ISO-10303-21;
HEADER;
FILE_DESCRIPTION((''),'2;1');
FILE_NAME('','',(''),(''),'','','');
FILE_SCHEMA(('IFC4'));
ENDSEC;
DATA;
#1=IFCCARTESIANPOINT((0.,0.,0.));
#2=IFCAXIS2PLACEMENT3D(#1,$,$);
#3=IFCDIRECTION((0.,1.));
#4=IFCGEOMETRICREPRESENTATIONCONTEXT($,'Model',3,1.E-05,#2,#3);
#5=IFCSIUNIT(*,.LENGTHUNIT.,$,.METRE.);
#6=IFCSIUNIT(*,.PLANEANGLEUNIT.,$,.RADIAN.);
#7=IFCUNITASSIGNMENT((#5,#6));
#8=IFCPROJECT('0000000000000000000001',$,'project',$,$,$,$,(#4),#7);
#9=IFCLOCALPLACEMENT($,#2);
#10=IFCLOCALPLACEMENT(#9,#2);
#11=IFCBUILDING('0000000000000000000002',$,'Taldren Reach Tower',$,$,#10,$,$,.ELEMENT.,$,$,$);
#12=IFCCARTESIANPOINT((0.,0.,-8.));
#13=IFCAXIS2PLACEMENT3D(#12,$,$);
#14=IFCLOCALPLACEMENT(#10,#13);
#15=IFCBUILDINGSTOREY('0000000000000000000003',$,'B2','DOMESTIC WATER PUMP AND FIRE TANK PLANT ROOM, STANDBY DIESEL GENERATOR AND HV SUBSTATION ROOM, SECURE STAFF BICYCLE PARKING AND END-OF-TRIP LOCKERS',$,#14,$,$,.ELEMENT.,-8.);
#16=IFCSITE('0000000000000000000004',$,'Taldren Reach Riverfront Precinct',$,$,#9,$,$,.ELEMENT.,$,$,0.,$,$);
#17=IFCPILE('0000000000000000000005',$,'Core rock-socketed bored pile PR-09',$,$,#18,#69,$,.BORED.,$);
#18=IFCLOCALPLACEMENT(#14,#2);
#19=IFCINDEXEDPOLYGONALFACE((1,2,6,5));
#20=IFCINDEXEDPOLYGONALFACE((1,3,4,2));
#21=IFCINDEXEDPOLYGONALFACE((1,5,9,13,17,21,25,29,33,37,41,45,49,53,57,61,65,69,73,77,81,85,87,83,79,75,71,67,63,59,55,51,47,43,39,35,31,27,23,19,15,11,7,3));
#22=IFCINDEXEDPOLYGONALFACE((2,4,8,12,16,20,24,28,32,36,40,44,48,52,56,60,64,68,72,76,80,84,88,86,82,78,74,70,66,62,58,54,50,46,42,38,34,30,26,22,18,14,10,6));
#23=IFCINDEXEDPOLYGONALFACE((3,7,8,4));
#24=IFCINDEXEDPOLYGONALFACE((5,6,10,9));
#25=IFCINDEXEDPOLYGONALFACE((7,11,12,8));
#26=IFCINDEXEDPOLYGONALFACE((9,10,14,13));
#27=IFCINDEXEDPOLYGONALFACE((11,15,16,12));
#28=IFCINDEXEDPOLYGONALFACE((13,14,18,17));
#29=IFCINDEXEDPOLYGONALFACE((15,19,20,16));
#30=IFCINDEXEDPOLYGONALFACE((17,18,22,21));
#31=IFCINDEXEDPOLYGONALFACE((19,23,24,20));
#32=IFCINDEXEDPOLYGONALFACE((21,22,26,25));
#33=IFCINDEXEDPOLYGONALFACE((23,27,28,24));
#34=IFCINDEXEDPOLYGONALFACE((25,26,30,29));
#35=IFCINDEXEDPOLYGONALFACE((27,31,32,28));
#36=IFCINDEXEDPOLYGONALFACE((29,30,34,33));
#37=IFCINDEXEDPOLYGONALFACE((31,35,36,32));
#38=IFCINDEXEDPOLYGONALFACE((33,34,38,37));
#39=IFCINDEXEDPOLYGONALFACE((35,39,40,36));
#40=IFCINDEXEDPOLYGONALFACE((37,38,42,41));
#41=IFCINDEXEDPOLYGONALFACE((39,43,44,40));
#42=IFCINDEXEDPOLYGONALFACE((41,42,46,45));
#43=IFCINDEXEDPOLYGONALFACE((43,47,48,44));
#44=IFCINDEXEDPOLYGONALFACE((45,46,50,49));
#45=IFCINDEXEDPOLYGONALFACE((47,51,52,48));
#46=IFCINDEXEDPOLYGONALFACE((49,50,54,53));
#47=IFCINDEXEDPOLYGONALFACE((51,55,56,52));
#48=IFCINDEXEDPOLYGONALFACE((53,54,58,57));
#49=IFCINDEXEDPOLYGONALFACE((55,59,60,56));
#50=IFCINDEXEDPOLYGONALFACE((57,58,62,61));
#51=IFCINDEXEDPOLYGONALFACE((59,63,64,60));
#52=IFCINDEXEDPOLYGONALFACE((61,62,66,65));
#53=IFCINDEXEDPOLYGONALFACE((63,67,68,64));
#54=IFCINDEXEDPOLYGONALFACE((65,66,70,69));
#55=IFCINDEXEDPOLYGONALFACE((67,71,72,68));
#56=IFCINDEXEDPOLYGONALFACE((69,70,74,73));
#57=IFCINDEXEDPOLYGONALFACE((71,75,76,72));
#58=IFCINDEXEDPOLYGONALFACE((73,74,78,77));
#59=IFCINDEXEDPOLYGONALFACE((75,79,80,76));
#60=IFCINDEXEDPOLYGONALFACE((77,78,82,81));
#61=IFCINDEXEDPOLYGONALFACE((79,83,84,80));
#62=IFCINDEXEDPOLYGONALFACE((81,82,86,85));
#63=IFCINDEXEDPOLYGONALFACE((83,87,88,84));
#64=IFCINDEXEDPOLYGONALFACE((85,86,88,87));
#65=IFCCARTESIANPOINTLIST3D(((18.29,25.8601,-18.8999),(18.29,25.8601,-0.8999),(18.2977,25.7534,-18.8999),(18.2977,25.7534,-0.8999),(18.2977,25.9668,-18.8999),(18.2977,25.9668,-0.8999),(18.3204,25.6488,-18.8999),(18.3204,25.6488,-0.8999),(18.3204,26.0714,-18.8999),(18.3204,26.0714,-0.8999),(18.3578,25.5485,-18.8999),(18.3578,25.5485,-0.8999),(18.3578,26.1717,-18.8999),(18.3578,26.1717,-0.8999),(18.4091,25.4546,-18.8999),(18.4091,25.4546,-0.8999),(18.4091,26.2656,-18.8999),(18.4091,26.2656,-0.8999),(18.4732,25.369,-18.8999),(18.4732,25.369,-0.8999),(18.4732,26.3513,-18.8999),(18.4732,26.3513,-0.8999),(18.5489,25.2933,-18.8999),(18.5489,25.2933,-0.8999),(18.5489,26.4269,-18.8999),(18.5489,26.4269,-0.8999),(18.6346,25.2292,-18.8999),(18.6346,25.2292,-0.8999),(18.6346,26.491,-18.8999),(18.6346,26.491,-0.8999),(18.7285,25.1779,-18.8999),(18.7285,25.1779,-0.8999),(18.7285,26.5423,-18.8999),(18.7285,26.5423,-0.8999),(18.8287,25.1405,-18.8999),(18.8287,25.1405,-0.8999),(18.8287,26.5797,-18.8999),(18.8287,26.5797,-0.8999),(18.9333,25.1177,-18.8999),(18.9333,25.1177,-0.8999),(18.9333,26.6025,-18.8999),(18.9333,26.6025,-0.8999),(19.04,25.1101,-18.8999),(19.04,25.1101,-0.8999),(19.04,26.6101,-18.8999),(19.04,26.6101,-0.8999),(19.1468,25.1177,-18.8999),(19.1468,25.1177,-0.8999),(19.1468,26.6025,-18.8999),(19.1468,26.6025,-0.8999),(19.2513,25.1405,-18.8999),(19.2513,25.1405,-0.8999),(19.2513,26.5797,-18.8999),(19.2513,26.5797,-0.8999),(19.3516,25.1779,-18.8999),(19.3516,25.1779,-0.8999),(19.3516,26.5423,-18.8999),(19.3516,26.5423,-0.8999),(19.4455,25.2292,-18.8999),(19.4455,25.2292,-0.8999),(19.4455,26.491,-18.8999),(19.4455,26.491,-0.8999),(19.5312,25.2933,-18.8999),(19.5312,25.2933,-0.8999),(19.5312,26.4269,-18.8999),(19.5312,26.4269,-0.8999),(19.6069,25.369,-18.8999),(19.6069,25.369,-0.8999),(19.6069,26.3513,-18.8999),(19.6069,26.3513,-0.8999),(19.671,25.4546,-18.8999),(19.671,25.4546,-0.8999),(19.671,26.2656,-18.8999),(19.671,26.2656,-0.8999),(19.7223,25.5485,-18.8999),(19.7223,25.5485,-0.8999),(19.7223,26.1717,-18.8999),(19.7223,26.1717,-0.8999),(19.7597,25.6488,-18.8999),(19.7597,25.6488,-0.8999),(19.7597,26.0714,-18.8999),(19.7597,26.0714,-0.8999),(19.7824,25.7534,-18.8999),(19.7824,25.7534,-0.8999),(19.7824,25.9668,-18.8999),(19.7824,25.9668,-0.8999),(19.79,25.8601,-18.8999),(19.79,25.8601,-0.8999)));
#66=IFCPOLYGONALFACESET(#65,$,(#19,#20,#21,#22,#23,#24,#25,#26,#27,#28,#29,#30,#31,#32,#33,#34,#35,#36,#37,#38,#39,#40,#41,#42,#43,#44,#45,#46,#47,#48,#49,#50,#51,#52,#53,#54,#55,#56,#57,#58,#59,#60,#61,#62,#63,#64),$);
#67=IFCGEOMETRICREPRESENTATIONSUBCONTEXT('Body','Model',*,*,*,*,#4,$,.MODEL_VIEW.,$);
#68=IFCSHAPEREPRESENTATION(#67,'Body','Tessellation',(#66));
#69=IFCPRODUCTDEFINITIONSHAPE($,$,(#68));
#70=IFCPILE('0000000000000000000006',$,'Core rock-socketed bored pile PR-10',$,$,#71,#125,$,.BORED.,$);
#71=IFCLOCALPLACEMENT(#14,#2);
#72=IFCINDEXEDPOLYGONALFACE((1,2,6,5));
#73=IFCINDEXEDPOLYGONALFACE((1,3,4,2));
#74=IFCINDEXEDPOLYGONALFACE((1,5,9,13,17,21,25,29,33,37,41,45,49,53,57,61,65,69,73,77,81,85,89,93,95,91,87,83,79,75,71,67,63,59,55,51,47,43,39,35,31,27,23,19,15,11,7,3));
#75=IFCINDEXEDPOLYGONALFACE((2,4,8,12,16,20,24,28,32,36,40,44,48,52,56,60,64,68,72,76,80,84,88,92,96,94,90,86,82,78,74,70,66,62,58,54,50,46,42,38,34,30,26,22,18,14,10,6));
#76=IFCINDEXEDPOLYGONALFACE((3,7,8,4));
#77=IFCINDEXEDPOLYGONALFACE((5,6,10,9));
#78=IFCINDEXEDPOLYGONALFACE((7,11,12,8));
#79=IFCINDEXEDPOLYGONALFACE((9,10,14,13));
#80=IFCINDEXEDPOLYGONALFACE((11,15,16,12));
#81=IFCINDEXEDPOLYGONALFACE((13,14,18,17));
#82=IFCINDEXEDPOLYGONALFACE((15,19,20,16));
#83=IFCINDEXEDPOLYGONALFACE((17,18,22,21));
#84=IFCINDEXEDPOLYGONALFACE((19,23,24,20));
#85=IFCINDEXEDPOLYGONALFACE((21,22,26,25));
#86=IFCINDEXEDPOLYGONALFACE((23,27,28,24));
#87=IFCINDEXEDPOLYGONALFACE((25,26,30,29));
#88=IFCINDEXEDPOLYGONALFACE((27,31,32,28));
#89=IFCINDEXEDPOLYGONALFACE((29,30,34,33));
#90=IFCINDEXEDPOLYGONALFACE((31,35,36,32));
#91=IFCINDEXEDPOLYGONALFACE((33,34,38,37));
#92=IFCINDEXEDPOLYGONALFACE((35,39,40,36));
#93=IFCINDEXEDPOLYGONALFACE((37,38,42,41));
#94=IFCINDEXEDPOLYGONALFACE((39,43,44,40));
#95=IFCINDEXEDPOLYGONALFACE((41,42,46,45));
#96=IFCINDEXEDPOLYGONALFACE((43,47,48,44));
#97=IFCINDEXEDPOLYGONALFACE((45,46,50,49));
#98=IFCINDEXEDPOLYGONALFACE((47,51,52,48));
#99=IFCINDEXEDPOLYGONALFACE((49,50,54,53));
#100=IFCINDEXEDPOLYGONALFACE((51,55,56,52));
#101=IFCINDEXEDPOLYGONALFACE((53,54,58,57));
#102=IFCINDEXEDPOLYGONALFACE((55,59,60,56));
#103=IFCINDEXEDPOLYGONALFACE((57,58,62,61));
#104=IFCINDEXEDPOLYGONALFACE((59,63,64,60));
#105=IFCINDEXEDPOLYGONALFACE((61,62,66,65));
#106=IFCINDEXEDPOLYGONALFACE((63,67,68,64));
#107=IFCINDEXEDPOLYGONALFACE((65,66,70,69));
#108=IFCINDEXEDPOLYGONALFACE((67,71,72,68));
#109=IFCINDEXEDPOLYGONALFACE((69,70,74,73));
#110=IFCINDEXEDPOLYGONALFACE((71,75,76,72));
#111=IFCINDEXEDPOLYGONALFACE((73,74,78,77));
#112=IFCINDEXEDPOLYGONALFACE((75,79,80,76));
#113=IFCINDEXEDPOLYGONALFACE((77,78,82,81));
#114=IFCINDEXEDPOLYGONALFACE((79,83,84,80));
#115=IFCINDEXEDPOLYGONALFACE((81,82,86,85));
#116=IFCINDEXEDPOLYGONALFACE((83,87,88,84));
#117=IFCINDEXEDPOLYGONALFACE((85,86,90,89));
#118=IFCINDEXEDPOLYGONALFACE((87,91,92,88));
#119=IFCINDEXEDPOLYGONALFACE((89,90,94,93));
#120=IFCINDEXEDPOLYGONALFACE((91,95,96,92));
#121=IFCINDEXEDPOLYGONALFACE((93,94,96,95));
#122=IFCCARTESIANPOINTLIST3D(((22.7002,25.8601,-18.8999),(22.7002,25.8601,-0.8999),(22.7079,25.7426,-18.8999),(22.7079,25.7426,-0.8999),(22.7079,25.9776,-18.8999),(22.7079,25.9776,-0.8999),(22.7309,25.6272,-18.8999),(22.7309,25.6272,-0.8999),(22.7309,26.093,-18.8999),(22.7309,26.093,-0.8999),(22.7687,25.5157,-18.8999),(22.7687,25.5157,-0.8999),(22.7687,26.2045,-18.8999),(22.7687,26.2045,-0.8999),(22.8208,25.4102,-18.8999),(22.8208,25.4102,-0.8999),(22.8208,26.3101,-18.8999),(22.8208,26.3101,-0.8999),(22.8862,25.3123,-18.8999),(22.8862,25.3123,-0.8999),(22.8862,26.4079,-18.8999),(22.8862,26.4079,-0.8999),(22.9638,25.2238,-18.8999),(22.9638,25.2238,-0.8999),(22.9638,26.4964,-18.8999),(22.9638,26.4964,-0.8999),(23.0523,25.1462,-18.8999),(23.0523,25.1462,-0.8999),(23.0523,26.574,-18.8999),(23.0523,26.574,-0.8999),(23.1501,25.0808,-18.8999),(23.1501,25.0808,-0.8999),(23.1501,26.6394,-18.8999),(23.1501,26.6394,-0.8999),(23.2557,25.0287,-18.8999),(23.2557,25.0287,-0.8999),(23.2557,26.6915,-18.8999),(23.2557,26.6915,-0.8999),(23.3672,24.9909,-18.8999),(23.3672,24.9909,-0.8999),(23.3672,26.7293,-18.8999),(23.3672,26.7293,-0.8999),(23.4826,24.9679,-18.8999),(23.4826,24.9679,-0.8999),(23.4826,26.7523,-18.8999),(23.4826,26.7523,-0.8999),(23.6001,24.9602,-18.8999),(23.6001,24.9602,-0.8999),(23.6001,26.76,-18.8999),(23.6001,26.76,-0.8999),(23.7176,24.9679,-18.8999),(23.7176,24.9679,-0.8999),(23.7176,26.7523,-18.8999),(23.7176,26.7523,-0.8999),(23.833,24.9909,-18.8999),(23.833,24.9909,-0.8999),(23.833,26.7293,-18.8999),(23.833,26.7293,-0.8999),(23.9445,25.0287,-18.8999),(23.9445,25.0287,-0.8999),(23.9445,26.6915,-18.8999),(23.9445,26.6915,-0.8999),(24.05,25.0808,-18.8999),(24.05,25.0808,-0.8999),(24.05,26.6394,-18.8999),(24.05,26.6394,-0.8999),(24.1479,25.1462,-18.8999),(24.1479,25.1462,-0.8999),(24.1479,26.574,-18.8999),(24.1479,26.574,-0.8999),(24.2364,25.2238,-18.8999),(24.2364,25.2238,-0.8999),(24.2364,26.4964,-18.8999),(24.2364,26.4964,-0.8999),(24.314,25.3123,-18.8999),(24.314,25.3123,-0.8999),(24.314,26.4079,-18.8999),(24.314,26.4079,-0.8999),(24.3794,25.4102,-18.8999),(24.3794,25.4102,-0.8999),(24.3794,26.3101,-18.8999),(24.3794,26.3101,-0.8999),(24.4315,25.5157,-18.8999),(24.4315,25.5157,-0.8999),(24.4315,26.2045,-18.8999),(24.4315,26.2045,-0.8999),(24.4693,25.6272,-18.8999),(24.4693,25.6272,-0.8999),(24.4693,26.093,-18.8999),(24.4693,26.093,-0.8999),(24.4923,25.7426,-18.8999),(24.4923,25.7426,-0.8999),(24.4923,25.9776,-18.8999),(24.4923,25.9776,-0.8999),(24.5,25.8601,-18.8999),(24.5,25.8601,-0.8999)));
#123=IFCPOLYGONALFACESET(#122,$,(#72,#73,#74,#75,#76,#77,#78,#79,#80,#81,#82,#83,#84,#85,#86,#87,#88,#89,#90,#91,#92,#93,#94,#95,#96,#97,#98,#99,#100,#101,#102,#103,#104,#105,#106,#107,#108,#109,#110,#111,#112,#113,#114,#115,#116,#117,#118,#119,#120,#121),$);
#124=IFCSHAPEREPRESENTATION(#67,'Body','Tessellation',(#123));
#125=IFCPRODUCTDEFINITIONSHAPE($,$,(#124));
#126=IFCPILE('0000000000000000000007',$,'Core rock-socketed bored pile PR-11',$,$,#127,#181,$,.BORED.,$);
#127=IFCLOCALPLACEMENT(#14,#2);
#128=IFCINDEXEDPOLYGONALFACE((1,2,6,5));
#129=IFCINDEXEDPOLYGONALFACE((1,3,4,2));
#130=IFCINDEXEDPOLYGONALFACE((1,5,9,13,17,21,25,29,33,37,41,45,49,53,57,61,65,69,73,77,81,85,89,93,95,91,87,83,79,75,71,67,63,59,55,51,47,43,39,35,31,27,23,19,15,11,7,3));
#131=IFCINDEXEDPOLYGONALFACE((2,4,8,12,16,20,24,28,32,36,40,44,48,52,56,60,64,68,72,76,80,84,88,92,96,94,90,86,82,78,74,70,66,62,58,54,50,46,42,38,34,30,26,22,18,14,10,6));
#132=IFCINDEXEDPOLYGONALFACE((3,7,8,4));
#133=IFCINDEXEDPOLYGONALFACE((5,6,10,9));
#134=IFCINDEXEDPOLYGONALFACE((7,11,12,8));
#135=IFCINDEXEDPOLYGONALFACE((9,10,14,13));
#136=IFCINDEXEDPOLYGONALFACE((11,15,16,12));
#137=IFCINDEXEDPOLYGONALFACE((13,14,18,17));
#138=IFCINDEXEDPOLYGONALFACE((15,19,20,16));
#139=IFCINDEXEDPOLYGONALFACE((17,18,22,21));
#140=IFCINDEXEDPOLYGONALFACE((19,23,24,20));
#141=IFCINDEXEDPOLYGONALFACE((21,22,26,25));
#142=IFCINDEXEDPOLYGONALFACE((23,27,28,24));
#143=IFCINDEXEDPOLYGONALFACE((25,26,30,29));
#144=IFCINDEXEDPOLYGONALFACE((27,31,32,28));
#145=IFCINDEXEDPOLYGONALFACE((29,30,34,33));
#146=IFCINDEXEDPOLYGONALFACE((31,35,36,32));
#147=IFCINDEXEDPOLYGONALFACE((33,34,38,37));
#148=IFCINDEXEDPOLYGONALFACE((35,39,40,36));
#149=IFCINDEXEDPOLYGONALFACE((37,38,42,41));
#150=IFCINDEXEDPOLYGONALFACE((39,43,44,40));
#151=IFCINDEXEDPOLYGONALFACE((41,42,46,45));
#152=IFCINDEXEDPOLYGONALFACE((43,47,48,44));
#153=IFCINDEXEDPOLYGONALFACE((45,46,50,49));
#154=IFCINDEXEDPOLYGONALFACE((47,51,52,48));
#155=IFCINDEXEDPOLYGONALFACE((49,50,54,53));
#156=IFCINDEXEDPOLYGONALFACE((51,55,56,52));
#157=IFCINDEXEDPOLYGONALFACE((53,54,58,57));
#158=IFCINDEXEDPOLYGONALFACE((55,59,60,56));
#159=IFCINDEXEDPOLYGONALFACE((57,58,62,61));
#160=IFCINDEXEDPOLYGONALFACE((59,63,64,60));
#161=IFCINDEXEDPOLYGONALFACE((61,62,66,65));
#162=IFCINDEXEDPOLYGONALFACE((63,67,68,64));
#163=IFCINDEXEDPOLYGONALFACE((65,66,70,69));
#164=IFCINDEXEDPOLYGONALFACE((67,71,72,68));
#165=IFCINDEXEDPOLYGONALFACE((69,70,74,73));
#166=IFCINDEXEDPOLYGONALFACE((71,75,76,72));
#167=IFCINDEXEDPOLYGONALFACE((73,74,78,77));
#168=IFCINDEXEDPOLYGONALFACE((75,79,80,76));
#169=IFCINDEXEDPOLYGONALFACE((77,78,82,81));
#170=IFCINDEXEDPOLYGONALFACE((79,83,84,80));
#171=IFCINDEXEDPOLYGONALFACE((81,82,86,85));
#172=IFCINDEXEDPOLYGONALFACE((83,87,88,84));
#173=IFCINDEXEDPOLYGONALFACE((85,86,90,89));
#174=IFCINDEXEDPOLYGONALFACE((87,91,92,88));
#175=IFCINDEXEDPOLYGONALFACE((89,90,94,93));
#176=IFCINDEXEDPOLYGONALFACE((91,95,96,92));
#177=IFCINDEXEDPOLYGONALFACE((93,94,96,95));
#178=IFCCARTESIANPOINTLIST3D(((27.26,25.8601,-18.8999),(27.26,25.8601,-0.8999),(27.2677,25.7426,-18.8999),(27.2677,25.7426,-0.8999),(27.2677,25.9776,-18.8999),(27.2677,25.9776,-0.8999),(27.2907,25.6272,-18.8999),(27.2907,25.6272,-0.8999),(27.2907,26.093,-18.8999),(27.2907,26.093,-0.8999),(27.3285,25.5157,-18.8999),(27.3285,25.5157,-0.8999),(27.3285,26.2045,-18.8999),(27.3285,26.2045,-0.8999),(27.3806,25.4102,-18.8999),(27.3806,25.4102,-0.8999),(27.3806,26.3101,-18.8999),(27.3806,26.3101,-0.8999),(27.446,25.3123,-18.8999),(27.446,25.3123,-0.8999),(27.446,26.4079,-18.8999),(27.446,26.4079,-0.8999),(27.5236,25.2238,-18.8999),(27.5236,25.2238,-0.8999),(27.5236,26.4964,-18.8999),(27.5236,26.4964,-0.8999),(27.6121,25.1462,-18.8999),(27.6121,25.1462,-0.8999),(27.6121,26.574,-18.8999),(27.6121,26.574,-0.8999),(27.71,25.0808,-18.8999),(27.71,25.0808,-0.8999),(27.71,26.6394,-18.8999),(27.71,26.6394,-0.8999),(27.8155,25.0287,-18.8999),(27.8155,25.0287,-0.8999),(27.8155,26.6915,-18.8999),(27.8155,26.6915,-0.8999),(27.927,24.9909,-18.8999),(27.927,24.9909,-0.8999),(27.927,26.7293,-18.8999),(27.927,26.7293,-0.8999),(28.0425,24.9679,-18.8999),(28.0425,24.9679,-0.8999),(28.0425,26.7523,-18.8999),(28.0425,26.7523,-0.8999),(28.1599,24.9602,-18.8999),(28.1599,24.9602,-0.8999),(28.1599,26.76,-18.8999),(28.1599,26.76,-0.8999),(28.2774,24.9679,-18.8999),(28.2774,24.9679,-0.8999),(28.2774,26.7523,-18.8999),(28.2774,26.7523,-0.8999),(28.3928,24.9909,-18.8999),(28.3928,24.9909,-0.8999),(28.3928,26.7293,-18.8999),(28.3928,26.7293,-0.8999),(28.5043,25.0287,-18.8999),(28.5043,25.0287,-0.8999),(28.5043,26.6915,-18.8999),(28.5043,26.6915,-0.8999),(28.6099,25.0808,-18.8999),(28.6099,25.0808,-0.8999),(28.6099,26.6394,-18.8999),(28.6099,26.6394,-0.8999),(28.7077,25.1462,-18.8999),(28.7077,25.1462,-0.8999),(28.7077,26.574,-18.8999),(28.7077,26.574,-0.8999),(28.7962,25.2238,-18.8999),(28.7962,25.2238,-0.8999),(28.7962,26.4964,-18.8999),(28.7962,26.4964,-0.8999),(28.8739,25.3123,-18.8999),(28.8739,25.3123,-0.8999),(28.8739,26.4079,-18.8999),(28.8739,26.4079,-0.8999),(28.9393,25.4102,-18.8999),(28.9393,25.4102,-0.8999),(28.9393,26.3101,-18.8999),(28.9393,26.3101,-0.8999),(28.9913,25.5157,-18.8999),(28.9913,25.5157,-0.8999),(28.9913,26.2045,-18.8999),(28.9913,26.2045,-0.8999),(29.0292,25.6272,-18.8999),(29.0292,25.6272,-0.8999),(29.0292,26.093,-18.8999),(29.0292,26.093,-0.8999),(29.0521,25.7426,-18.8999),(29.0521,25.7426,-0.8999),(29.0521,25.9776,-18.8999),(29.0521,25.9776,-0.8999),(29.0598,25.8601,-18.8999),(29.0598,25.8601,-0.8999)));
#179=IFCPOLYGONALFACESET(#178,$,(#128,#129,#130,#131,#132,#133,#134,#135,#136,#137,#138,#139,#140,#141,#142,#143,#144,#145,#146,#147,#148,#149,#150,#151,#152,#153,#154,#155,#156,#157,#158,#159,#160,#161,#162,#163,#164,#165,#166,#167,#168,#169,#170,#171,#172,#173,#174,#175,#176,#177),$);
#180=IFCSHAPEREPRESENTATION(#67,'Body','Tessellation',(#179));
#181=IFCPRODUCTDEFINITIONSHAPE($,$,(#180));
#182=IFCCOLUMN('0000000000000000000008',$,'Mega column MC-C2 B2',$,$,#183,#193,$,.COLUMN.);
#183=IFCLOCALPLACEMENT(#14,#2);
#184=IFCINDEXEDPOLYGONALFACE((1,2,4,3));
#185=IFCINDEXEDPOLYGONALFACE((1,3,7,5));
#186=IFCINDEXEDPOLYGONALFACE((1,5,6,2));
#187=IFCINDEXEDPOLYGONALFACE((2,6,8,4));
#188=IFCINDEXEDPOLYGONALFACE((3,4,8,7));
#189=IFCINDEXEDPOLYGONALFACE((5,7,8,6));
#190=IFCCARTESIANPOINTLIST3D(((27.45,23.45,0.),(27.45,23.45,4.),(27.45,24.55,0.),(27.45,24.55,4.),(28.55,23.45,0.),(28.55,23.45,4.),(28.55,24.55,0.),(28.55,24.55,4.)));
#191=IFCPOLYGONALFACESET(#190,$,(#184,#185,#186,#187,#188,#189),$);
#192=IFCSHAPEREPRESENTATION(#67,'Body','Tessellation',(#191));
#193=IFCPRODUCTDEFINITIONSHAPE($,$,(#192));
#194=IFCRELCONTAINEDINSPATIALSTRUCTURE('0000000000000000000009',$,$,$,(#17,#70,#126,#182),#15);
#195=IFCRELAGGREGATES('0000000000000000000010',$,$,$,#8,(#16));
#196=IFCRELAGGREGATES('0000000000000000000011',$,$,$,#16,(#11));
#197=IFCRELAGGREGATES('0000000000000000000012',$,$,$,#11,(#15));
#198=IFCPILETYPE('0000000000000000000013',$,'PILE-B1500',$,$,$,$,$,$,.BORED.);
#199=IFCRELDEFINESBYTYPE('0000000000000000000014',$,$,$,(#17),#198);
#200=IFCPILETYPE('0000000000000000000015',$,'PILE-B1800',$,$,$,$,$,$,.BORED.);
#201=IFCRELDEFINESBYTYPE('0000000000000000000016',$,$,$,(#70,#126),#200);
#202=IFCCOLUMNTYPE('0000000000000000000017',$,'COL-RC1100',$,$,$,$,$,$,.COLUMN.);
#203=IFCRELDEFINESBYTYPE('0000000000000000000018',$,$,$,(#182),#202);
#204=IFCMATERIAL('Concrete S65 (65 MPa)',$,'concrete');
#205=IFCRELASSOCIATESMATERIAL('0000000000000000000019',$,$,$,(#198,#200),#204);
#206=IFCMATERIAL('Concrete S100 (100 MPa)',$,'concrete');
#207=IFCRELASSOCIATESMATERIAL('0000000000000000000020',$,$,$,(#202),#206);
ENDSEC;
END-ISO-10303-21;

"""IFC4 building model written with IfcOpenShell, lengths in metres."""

from ifc_helpers import new_model, si_unit, direction, frame, origin, origin_2d, place, context, subcontext, project, spatial, rectangle, circle, extrude, source, transform, mapped, material, material_profile, profile_set, type_object, element, save


model = new_model("IFC4")

# Units and contexts
model_context = context("Model", 3, precision=1e-05, world=origin(), true_north=direction((0.0, 1.0)))
body_context = subcontext(model_context, "Body", "Model", "MODEL_VIEW")
ifc_project = project(units=[si_unit("LENGTHUNIT", "METRE"), si_unit("PLANEANGLEUNIT", "RADIAN")], contexts=[model_context])

# Site, building, storey
site_placement = place(None, origin())
site = spatial("IfcSite", under=ifc_project, at=site_placement, Name="Taldren Reach Riverfront Precinct", CompositionType="ELEMENT", RefElevation=0.0)
building_placement = place(site_placement, origin())
building = spatial("IfcBuilding", under=site, at=building_placement, Name="Taldren Reach Tower", CompositionType="ELEMENT")
storey_placement = place(building_placement, frame((0.0, 0.0, -8.0)))
storey = spatial("IfcBuildingStorey", under=building, at=storey_placement, Name="B2", Description="DOMESTIC WATER PUMP AND FIRE TANK PLANT ROOM, STANDBY DIESEL GENERATOR AND HV SUBSTATION ROOM, SECURE STAFF BICYCLE PARKING AND END-OF-TRIP LOCKERS", CompositionType="ELEMENT", Elevation=-8.0)

# Piles
ifc_material_1 = material(Name="Concrete S65 (65 MPa)", Category="concrete")
ifc_material_profile_1 = material_profile(ifc_material_1, circle(Radius=0.75, at=origin_2d()), Name="PB-1500")
ifc_profile_set_1 = profile_set([ifc_material_profile_1], Name="Concrete S65 (65 MPa)")
pile_type_1 = type_object("IfcPileType", Name="PILE-B1500", PredefinedType="BORED", material=ifc_profile_set_1)
shared_shape_1 = source(origin(), body_context, "Body", "SweptSolid", [
    extrude(circle(Radius=0.75, at=origin_2d()), origin(), (0.0, 0.0, 1.0), 18.0),
])
for number, where, z_axis, x_axis, name in (
    (1, (19.04, 25.8601, -0.8999), (0.0, 0.0, -1.0), (1.0, 0.0, 0.0), "Core rock-socketed bored pile PR-09"),
):
    element("IfcPile", number, at=place(storey_placement, frame(where, z_axis=z_axis, x_axis=x_axis)), inside=storey, type_object=pile_type_1, Name=name, PredefinedType="BORED", context=body_context, shape_type="MappedRepresentation", body=[
        mapped(shared_shape_1, transform((0.0, 0.0, 0.0), scale=1.0)),
    ])
ifc_material_profile_2 = material_profile(ifc_material_1, circle(Radius=0.8999, at=origin_2d()), Name="PB-1800")
ifc_profile_set_2 = profile_set([ifc_material_profile_2], Name="Concrete S65 (65 MPa)")
pile_type_2 = type_object("IfcPileType", Name="PILE-B1800", PredefinedType="BORED", material=ifc_profile_set_2)
shared_shape_2 = source(origin(), body_context, "Body", "SweptSolid", [
    extrude(circle(Radius=0.8999, at=origin_2d()), origin(), (0.0, 0.0, 1.0), 18.0),
])
for number, where, z_axis, x_axis, name in (
    (2, (23.6001, 25.8601, -0.8999), (0.0, 0.0, -1.0), (1.0, 0.0, 0.0), "Core rock-socketed bored pile PR-10"),
    (3, (28.1599, 25.8601, -0.8999), (0.0, 0.0, -1.0), (1.0, 0.0, 0.0), "Core rock-socketed bored pile PR-11"),
):
    element("IfcPile", number, at=place(storey_placement, frame(where, z_axis=z_axis, x_axis=x_axis)), inside=storey, type_object=pile_type_2, Name=name, PredefinedType="BORED", context=body_context, shape_type="MappedRepresentation", body=[
        mapped(shared_shape_2, transform((0.0, 0.0, 0.0), scale=1.0)),
    ])

# Column
ifc_material_2 = material(Name="Concrete S100 (100 MPa)", Category="concrete")
ifc_material_profile_3 = material_profile(ifc_material_2, rectangle(XDim=1.1001, YDim=1.1001, at=origin_2d()), Name="RC-1100x1100")
ifc_profile_set_3 = profile_set([ifc_material_profile_3], Name="Concrete S100 (100 MPa)")
column_type = type_object("IfcColumnType", Name="COL-RC1100", PredefinedType="COLUMN", material=ifc_profile_set_3)
shared_shape_3 = source(origin(), body_context, "Body", "SweptSolid", [
    extrude(rectangle(XDim=1.1001, YDim=1.1001, at=origin_2d()), origin(), (0.0, 0.0, 1.0), 4.0),
])
column_placement = place(storey_placement, frame((28.0, 24.0, 0.0), z_axis=(0.0, 0.0, 1.0), x_axis=(1.0, 0.0, 0.0)))
element("IfcColumn", 4, at=column_placement, inside=storey, type_object=column_type, Name="Mega column MC-C2 B2", PredefinedType="COLUMN", context=body_context, shape_type="MappedRepresentation", body=[
    mapped(shared_shape_3, transform((0.0, 0.0, 0.0), scale=1.0)),
])

save(model, "model.ifc")
